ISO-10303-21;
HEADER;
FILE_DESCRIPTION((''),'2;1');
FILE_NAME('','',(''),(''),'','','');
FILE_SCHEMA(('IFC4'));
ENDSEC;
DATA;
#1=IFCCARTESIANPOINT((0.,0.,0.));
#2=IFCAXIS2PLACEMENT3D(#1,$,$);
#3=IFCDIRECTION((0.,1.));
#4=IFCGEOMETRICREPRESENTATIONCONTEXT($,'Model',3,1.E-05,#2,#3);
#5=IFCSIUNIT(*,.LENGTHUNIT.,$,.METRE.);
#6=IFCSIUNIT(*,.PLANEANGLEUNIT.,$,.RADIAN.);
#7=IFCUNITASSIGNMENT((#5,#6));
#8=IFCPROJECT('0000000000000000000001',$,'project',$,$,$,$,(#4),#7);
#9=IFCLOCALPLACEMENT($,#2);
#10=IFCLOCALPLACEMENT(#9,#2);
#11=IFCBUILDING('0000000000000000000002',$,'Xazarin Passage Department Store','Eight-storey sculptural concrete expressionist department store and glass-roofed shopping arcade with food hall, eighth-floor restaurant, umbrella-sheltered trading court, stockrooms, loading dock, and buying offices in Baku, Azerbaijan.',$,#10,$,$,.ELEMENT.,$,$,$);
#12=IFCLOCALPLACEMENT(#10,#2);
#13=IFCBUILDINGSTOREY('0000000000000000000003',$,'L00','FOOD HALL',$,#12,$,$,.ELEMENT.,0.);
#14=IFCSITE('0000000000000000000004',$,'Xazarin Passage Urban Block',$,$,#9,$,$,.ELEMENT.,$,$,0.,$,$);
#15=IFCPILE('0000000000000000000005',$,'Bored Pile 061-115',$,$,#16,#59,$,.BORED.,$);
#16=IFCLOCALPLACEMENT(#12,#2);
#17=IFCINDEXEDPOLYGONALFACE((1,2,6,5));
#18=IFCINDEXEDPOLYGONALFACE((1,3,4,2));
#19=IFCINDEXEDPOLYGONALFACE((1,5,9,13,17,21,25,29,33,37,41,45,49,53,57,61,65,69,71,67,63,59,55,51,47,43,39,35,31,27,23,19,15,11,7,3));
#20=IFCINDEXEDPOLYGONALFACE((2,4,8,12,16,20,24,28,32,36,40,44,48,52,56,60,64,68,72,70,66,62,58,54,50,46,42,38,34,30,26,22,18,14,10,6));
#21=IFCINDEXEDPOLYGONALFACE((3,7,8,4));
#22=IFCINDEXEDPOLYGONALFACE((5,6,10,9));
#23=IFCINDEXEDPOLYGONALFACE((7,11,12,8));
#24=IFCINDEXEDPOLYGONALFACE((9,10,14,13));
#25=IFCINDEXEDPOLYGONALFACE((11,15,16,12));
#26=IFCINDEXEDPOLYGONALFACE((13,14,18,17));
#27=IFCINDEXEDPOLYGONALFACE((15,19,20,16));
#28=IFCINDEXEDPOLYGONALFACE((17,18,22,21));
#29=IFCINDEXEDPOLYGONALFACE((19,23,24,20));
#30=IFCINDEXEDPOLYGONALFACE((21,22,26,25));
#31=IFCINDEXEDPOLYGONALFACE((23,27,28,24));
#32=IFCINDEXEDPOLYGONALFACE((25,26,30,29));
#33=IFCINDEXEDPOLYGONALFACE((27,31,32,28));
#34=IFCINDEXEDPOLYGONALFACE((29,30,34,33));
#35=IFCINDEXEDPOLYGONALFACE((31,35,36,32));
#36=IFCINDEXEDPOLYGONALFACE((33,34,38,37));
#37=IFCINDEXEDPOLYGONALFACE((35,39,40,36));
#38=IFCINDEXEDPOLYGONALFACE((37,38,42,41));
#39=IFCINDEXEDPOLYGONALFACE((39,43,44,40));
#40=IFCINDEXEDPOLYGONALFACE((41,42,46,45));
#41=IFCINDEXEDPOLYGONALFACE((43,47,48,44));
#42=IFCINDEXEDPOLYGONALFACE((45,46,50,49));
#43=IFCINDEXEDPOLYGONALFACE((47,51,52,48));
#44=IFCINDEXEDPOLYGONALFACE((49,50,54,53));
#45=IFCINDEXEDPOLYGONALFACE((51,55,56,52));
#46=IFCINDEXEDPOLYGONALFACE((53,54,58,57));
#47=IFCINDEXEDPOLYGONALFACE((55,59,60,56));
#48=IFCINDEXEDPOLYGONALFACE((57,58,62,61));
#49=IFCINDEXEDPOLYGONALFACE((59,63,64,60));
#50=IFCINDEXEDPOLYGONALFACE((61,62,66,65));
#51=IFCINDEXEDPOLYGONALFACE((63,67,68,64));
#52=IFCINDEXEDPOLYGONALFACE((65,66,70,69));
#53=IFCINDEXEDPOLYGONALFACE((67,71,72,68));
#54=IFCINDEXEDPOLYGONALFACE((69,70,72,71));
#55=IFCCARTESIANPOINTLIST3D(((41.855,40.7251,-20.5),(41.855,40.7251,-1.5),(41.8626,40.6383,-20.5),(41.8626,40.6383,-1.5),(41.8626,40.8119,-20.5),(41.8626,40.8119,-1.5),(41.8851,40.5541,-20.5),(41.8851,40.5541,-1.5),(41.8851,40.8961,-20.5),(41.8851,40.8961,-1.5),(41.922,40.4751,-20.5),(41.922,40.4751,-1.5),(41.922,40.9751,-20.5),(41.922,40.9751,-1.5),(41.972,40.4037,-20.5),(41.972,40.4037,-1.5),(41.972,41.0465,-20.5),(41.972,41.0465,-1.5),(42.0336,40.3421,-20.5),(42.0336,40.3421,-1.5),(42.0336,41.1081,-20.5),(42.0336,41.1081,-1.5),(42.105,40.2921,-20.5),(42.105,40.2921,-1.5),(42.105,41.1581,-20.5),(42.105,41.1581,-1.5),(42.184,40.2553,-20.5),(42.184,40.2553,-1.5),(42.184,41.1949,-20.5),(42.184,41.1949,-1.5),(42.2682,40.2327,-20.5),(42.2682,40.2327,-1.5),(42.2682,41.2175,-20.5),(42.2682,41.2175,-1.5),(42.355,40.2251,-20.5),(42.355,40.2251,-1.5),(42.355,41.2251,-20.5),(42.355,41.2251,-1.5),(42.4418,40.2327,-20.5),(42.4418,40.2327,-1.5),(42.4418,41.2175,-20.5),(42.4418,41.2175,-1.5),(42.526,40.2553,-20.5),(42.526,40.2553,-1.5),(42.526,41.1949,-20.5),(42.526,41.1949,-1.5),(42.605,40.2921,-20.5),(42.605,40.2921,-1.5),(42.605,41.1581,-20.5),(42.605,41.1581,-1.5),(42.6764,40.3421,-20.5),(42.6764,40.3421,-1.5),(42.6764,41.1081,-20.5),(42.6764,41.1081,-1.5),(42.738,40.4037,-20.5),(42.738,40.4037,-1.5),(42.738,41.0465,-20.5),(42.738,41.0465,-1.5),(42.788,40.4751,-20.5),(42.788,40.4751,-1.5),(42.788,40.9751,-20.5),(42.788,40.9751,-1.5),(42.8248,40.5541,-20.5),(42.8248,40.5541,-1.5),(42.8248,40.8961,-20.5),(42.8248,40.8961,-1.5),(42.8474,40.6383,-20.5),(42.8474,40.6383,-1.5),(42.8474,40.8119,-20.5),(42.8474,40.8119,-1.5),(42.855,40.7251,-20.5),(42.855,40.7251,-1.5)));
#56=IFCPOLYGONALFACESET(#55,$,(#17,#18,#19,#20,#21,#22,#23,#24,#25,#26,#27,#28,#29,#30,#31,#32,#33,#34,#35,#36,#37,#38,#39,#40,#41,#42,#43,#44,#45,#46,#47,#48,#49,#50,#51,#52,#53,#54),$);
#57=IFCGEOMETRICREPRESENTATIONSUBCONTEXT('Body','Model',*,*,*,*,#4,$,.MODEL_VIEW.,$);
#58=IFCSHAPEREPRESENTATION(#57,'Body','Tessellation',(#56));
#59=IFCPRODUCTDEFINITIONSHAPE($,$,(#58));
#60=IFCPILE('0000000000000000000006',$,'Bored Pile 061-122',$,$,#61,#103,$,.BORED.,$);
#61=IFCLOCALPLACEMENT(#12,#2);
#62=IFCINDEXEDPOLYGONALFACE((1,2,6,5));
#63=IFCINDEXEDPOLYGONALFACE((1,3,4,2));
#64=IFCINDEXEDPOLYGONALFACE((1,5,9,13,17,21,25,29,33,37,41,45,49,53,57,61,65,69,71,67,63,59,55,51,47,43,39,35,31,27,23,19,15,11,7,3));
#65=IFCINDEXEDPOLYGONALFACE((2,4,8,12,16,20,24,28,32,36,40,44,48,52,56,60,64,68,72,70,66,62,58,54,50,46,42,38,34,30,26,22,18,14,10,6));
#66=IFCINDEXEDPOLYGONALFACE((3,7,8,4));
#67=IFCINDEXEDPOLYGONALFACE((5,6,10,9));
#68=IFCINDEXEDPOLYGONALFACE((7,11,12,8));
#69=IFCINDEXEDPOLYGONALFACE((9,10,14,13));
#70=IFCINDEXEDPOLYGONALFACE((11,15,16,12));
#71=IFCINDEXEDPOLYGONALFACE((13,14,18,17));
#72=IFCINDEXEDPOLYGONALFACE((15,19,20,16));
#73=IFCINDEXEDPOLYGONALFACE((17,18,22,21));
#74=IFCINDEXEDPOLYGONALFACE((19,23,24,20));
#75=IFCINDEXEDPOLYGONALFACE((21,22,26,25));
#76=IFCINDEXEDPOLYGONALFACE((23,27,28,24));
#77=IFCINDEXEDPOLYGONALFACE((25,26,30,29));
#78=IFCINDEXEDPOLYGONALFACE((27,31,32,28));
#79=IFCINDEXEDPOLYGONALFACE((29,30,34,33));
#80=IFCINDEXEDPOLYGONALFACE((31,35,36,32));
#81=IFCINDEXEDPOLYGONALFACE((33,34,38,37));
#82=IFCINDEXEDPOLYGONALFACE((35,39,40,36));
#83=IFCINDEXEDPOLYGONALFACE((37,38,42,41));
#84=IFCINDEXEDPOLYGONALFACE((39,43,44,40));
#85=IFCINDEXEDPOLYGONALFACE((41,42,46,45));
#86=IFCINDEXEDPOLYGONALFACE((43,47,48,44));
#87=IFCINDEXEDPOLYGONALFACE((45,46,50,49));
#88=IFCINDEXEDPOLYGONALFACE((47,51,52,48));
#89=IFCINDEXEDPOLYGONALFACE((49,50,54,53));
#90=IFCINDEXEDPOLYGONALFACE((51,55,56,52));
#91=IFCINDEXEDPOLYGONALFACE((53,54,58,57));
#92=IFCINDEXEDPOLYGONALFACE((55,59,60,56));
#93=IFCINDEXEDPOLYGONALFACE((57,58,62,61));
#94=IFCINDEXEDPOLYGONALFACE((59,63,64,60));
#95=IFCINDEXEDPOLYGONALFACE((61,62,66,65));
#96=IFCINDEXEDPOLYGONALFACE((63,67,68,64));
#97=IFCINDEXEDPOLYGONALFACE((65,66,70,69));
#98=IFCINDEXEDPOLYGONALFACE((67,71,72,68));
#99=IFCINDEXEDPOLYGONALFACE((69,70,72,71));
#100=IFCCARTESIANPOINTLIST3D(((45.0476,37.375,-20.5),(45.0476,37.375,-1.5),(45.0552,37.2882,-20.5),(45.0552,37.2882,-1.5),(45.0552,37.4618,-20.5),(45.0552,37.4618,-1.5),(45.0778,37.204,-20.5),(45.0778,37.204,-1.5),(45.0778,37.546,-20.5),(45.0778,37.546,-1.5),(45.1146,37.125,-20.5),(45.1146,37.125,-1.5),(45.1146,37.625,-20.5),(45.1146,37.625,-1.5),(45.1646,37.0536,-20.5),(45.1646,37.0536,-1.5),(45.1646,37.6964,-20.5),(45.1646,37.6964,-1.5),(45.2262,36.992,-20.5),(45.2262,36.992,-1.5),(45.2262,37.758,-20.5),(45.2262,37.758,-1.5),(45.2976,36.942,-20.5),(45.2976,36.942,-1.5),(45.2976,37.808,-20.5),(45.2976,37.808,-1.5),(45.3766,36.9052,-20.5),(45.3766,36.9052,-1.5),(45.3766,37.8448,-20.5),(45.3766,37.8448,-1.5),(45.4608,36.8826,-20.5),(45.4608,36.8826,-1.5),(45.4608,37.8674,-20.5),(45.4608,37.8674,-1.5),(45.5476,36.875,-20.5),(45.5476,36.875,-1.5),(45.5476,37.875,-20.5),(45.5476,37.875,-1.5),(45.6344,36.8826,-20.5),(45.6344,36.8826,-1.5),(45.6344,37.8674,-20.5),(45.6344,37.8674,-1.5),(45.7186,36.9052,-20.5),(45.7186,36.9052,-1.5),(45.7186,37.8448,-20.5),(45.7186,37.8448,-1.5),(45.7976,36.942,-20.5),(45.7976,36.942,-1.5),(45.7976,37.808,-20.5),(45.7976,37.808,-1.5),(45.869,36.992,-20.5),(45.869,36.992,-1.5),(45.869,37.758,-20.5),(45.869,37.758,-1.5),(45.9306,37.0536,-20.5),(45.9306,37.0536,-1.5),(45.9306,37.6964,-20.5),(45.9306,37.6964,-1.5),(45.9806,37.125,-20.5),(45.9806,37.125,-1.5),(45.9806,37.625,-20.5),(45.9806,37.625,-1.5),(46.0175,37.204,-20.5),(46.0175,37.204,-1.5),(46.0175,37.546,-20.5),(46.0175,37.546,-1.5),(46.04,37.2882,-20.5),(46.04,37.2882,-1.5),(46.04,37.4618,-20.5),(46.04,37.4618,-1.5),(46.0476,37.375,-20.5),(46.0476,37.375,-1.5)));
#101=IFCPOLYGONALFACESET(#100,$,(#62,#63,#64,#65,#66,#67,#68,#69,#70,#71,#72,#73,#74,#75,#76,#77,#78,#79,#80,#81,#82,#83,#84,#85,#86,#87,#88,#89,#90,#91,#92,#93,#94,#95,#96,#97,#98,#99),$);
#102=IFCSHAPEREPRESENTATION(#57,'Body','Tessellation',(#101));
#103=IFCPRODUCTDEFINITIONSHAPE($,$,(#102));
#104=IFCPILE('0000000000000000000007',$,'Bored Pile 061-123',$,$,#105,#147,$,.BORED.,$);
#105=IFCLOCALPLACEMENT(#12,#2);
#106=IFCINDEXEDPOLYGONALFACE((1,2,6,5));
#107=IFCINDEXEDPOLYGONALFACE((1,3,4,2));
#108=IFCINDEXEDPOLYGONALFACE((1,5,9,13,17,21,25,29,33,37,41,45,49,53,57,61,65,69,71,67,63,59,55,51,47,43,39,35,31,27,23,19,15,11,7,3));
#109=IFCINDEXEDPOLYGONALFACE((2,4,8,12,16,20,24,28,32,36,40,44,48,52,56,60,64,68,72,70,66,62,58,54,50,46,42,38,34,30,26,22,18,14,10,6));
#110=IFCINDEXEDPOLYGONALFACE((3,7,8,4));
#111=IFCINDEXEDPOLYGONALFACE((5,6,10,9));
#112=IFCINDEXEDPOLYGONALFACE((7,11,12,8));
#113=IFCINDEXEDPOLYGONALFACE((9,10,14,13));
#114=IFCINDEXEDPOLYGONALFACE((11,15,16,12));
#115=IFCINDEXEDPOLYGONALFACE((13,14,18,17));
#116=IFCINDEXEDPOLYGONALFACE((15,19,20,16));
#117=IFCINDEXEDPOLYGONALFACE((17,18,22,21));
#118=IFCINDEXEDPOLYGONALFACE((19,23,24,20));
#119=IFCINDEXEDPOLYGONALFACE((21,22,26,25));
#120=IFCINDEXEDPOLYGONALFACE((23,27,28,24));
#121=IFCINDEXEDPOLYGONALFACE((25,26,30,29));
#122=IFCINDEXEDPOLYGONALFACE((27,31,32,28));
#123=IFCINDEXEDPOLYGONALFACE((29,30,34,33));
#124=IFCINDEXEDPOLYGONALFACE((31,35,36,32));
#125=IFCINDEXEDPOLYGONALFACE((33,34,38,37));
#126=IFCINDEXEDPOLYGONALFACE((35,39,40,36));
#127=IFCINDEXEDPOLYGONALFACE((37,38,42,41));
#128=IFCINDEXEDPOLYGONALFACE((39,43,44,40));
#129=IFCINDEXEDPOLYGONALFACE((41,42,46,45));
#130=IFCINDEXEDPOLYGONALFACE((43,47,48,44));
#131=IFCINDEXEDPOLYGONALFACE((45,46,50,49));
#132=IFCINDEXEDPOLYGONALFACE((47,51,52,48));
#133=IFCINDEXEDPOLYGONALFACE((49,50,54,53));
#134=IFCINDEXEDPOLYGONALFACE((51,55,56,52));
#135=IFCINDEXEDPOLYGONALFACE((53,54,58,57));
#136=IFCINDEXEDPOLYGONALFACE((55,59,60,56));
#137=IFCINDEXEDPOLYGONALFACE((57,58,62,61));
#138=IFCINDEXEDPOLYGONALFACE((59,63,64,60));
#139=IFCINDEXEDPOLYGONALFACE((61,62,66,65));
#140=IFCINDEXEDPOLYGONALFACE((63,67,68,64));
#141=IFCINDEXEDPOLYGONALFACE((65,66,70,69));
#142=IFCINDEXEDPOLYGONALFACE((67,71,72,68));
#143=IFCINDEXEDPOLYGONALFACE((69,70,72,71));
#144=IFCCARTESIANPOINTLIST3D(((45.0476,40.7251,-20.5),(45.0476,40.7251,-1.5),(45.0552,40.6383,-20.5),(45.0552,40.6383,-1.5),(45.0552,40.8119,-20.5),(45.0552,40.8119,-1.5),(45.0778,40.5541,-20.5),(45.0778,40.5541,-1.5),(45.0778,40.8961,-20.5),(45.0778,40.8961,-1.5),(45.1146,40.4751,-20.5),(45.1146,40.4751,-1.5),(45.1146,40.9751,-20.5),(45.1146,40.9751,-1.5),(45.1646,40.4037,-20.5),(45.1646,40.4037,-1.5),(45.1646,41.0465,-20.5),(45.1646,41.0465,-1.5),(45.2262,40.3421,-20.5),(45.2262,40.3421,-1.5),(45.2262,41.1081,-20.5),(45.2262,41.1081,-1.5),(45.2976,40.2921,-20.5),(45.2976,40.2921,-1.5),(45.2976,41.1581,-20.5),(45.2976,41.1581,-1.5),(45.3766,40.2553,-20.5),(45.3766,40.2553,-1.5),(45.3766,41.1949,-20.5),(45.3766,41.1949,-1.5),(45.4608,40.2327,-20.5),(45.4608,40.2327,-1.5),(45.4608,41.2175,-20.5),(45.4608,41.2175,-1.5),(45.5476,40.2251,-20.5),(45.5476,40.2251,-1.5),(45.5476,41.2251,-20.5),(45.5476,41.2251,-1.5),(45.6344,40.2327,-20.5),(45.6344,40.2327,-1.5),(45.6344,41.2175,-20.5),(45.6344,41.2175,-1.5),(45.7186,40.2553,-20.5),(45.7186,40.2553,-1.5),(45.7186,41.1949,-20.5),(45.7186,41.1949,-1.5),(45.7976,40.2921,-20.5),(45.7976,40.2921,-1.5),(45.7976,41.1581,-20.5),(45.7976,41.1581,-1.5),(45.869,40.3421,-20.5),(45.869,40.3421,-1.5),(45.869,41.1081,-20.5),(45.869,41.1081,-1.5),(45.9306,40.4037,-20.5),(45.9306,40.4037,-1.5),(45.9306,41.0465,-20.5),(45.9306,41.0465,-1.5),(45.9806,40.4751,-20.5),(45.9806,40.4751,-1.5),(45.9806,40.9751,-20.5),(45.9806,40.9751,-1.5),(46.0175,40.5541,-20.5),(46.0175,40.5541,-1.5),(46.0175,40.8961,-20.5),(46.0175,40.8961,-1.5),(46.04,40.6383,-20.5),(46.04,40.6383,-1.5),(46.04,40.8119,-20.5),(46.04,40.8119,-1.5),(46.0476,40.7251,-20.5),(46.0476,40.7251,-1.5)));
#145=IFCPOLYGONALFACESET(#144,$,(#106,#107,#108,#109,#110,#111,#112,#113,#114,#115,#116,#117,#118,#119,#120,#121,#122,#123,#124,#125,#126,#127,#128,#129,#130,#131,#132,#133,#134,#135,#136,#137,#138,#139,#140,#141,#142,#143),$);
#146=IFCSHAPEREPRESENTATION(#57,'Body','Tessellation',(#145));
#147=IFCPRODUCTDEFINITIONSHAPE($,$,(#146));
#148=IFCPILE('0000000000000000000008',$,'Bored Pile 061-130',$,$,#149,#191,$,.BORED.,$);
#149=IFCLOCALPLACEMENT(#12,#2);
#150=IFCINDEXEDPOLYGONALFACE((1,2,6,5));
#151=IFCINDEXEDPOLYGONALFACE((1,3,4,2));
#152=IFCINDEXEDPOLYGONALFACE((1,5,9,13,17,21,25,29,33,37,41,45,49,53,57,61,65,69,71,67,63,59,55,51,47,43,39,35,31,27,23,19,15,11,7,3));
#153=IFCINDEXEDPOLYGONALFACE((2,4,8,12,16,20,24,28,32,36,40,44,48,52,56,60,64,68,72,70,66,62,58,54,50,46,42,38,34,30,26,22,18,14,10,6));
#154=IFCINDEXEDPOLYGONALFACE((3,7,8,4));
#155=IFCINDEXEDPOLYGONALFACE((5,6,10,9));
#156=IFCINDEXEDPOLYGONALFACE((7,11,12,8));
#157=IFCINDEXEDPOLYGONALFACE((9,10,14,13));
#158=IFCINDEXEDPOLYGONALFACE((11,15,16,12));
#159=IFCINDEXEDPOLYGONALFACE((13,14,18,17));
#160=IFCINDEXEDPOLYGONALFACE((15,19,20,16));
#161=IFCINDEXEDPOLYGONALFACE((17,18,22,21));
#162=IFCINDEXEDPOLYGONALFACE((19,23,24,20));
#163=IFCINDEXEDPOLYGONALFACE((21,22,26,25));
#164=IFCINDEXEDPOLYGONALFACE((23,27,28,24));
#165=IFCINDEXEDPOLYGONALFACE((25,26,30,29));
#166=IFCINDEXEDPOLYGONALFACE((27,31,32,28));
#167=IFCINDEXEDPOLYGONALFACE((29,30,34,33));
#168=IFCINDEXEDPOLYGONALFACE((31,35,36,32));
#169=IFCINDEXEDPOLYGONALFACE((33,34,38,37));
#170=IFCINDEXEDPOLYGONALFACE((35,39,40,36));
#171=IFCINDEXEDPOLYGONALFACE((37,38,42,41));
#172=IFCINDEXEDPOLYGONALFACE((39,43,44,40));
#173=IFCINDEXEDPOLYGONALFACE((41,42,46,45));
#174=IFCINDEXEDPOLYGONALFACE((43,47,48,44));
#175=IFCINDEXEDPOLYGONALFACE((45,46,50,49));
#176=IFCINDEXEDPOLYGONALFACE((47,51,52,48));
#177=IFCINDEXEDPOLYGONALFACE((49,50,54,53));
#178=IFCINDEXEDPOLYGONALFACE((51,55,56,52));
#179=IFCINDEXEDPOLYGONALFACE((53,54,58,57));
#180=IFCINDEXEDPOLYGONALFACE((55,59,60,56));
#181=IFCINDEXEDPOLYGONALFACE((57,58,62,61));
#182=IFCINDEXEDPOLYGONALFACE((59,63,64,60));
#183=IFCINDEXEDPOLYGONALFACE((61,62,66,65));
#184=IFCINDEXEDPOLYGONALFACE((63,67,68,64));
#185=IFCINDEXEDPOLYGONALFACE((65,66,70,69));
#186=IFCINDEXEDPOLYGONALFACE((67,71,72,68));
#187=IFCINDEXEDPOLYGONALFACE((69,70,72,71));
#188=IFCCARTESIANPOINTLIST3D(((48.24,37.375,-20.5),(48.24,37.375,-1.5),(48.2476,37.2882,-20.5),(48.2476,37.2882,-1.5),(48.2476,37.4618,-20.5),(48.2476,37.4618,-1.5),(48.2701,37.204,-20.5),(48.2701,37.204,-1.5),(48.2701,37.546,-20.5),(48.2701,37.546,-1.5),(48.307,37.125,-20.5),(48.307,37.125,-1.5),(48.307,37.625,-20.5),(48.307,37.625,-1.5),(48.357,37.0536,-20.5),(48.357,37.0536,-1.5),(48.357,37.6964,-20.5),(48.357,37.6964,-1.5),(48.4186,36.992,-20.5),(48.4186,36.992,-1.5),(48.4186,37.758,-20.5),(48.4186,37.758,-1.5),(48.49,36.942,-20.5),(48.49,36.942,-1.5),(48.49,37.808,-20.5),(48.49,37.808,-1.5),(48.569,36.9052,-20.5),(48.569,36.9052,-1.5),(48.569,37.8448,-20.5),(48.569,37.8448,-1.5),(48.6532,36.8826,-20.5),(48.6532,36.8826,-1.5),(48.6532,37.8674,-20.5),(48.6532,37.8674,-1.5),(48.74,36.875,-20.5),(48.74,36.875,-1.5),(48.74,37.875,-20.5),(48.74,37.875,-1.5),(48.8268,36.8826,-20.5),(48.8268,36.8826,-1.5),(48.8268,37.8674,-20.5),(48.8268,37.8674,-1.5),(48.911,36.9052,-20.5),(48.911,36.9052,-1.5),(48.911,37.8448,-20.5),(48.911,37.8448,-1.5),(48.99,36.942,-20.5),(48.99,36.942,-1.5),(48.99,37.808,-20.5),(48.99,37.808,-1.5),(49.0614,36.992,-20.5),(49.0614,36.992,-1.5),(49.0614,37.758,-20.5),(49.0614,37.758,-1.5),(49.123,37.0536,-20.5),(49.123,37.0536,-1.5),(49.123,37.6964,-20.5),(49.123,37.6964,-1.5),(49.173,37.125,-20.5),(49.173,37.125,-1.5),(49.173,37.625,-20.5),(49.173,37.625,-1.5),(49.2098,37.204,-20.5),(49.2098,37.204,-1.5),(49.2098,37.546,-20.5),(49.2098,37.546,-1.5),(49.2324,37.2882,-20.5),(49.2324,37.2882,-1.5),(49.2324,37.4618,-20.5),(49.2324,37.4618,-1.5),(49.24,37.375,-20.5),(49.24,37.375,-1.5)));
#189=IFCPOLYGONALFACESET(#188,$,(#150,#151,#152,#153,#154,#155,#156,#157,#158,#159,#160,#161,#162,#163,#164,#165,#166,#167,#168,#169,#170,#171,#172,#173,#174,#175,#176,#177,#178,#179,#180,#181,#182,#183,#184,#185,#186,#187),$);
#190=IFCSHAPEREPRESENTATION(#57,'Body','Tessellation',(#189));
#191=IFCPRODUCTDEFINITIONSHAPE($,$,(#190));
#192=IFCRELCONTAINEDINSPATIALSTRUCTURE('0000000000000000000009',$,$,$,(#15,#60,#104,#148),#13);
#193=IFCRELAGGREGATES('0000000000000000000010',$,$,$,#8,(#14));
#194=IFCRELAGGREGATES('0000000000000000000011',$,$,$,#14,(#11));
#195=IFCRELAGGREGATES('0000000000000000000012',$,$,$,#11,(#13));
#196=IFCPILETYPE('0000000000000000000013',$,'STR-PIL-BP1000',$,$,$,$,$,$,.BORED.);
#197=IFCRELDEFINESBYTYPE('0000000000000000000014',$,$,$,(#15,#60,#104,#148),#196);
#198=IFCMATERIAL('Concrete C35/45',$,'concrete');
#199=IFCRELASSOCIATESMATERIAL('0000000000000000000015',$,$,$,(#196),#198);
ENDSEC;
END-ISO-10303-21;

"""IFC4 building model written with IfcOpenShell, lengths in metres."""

from ifc_helpers import new_model, si_unit, direction, frame, origin, origin_2d, place, context, subcontext, project, spatial, circle, extrude, material, material_profile, profile_set, type_object, element, save


model = new_model("IFC4")

# Units and contexts
model_context = context("Model", 3, precision=1e-05, world=origin(), true_north=direction((0.0, 1.0)))
body_context = subcontext(model_context, "Body", "Model", "MODEL_VIEW")
ifc_project = project(units=[si_unit("LENGTHUNIT", "METRE"), si_unit("PLANEANGLEUNIT", "RADIAN")], contexts=[model_context])

# Site, building, storey
site_placement = place(None, origin())
site = spatial("IfcSite", under=ifc_project, at=site_placement, Name="Xazarin Passage Urban Block", CompositionType="ELEMENT", RefElevation=0.0)
building_placement = place(site_placement, origin())
building = spatial("IfcBuilding", under=site, at=building_placement, Name="Xazarin Passage Department Store", Description="Eight-storey sculptural concrete expressionist department store and glass-roofed shopping arcade with food hall, eighth-floor restaurant, umbrella-sheltered trading court, stockrooms, loading dock, and buying offices in Baku, Azerbaijan.", CompositionType="ELEMENT")
storey_placement = place(building_placement, origin())
storey = spatial("IfcBuildingStorey", under=building, at=storey_placement, Name="L00", Description="FOOD HALL", CompositionType="ELEMENT", Elevation=0.0)

# Piles
ifc_material_1 = material(Name="Concrete C35/45", Category="concrete")
ifc_material_profile_1 = material_profile(ifc_material_1, circle(Radius=0.5, at=origin_2d()), Name="BP 1000")
ifc_profile_set_1 = profile_set([ifc_material_profile_1], Name="Concrete C35/45")
pile_type_1 = type_object("IfcPileType", Name="STR-PIL-BP1000", PredefinedType="BORED", material=ifc_profile_set_1)
for number, where, z_axis, x_axis, name in (
    (1, (42.355, 40.7251, -1.5), (0.0, 0.0, -1.0), (1.0, 0.0, 0.0), "Bored Pile 061-115"),
    (2, (45.5476, 37.375, -1.5), (0.0, 0.0, -1.0), (1.0, 0.0, 0.0), "Bored Pile 061-122"),
    (3, (45.5476, 40.7251, -1.5), (0.0, 0.0, -1.0), (1.0, 0.0, 0.0), "Bored Pile 061-123"),
    (4, (48.74, 37.375, -1.5), (0.0, 0.0, -1.0), (1.0, 0.0, 0.0), "Bored Pile 061-130"),
):
    element("IfcPile", number, at=place(storey_placement, frame(where, z_axis=z_axis, x_axis=x_axis)), inside=storey, type_object=pile_type_1, Name=name, PredefinedType="BORED", context=body_context, shape_type="SweptSolid", body=[
        extrude(circle(Radius=0.5, at=origin_2d()), origin(), (0.0, 0.0, 1.0), 19.0),
    ])

save(model, "model.ifc")
